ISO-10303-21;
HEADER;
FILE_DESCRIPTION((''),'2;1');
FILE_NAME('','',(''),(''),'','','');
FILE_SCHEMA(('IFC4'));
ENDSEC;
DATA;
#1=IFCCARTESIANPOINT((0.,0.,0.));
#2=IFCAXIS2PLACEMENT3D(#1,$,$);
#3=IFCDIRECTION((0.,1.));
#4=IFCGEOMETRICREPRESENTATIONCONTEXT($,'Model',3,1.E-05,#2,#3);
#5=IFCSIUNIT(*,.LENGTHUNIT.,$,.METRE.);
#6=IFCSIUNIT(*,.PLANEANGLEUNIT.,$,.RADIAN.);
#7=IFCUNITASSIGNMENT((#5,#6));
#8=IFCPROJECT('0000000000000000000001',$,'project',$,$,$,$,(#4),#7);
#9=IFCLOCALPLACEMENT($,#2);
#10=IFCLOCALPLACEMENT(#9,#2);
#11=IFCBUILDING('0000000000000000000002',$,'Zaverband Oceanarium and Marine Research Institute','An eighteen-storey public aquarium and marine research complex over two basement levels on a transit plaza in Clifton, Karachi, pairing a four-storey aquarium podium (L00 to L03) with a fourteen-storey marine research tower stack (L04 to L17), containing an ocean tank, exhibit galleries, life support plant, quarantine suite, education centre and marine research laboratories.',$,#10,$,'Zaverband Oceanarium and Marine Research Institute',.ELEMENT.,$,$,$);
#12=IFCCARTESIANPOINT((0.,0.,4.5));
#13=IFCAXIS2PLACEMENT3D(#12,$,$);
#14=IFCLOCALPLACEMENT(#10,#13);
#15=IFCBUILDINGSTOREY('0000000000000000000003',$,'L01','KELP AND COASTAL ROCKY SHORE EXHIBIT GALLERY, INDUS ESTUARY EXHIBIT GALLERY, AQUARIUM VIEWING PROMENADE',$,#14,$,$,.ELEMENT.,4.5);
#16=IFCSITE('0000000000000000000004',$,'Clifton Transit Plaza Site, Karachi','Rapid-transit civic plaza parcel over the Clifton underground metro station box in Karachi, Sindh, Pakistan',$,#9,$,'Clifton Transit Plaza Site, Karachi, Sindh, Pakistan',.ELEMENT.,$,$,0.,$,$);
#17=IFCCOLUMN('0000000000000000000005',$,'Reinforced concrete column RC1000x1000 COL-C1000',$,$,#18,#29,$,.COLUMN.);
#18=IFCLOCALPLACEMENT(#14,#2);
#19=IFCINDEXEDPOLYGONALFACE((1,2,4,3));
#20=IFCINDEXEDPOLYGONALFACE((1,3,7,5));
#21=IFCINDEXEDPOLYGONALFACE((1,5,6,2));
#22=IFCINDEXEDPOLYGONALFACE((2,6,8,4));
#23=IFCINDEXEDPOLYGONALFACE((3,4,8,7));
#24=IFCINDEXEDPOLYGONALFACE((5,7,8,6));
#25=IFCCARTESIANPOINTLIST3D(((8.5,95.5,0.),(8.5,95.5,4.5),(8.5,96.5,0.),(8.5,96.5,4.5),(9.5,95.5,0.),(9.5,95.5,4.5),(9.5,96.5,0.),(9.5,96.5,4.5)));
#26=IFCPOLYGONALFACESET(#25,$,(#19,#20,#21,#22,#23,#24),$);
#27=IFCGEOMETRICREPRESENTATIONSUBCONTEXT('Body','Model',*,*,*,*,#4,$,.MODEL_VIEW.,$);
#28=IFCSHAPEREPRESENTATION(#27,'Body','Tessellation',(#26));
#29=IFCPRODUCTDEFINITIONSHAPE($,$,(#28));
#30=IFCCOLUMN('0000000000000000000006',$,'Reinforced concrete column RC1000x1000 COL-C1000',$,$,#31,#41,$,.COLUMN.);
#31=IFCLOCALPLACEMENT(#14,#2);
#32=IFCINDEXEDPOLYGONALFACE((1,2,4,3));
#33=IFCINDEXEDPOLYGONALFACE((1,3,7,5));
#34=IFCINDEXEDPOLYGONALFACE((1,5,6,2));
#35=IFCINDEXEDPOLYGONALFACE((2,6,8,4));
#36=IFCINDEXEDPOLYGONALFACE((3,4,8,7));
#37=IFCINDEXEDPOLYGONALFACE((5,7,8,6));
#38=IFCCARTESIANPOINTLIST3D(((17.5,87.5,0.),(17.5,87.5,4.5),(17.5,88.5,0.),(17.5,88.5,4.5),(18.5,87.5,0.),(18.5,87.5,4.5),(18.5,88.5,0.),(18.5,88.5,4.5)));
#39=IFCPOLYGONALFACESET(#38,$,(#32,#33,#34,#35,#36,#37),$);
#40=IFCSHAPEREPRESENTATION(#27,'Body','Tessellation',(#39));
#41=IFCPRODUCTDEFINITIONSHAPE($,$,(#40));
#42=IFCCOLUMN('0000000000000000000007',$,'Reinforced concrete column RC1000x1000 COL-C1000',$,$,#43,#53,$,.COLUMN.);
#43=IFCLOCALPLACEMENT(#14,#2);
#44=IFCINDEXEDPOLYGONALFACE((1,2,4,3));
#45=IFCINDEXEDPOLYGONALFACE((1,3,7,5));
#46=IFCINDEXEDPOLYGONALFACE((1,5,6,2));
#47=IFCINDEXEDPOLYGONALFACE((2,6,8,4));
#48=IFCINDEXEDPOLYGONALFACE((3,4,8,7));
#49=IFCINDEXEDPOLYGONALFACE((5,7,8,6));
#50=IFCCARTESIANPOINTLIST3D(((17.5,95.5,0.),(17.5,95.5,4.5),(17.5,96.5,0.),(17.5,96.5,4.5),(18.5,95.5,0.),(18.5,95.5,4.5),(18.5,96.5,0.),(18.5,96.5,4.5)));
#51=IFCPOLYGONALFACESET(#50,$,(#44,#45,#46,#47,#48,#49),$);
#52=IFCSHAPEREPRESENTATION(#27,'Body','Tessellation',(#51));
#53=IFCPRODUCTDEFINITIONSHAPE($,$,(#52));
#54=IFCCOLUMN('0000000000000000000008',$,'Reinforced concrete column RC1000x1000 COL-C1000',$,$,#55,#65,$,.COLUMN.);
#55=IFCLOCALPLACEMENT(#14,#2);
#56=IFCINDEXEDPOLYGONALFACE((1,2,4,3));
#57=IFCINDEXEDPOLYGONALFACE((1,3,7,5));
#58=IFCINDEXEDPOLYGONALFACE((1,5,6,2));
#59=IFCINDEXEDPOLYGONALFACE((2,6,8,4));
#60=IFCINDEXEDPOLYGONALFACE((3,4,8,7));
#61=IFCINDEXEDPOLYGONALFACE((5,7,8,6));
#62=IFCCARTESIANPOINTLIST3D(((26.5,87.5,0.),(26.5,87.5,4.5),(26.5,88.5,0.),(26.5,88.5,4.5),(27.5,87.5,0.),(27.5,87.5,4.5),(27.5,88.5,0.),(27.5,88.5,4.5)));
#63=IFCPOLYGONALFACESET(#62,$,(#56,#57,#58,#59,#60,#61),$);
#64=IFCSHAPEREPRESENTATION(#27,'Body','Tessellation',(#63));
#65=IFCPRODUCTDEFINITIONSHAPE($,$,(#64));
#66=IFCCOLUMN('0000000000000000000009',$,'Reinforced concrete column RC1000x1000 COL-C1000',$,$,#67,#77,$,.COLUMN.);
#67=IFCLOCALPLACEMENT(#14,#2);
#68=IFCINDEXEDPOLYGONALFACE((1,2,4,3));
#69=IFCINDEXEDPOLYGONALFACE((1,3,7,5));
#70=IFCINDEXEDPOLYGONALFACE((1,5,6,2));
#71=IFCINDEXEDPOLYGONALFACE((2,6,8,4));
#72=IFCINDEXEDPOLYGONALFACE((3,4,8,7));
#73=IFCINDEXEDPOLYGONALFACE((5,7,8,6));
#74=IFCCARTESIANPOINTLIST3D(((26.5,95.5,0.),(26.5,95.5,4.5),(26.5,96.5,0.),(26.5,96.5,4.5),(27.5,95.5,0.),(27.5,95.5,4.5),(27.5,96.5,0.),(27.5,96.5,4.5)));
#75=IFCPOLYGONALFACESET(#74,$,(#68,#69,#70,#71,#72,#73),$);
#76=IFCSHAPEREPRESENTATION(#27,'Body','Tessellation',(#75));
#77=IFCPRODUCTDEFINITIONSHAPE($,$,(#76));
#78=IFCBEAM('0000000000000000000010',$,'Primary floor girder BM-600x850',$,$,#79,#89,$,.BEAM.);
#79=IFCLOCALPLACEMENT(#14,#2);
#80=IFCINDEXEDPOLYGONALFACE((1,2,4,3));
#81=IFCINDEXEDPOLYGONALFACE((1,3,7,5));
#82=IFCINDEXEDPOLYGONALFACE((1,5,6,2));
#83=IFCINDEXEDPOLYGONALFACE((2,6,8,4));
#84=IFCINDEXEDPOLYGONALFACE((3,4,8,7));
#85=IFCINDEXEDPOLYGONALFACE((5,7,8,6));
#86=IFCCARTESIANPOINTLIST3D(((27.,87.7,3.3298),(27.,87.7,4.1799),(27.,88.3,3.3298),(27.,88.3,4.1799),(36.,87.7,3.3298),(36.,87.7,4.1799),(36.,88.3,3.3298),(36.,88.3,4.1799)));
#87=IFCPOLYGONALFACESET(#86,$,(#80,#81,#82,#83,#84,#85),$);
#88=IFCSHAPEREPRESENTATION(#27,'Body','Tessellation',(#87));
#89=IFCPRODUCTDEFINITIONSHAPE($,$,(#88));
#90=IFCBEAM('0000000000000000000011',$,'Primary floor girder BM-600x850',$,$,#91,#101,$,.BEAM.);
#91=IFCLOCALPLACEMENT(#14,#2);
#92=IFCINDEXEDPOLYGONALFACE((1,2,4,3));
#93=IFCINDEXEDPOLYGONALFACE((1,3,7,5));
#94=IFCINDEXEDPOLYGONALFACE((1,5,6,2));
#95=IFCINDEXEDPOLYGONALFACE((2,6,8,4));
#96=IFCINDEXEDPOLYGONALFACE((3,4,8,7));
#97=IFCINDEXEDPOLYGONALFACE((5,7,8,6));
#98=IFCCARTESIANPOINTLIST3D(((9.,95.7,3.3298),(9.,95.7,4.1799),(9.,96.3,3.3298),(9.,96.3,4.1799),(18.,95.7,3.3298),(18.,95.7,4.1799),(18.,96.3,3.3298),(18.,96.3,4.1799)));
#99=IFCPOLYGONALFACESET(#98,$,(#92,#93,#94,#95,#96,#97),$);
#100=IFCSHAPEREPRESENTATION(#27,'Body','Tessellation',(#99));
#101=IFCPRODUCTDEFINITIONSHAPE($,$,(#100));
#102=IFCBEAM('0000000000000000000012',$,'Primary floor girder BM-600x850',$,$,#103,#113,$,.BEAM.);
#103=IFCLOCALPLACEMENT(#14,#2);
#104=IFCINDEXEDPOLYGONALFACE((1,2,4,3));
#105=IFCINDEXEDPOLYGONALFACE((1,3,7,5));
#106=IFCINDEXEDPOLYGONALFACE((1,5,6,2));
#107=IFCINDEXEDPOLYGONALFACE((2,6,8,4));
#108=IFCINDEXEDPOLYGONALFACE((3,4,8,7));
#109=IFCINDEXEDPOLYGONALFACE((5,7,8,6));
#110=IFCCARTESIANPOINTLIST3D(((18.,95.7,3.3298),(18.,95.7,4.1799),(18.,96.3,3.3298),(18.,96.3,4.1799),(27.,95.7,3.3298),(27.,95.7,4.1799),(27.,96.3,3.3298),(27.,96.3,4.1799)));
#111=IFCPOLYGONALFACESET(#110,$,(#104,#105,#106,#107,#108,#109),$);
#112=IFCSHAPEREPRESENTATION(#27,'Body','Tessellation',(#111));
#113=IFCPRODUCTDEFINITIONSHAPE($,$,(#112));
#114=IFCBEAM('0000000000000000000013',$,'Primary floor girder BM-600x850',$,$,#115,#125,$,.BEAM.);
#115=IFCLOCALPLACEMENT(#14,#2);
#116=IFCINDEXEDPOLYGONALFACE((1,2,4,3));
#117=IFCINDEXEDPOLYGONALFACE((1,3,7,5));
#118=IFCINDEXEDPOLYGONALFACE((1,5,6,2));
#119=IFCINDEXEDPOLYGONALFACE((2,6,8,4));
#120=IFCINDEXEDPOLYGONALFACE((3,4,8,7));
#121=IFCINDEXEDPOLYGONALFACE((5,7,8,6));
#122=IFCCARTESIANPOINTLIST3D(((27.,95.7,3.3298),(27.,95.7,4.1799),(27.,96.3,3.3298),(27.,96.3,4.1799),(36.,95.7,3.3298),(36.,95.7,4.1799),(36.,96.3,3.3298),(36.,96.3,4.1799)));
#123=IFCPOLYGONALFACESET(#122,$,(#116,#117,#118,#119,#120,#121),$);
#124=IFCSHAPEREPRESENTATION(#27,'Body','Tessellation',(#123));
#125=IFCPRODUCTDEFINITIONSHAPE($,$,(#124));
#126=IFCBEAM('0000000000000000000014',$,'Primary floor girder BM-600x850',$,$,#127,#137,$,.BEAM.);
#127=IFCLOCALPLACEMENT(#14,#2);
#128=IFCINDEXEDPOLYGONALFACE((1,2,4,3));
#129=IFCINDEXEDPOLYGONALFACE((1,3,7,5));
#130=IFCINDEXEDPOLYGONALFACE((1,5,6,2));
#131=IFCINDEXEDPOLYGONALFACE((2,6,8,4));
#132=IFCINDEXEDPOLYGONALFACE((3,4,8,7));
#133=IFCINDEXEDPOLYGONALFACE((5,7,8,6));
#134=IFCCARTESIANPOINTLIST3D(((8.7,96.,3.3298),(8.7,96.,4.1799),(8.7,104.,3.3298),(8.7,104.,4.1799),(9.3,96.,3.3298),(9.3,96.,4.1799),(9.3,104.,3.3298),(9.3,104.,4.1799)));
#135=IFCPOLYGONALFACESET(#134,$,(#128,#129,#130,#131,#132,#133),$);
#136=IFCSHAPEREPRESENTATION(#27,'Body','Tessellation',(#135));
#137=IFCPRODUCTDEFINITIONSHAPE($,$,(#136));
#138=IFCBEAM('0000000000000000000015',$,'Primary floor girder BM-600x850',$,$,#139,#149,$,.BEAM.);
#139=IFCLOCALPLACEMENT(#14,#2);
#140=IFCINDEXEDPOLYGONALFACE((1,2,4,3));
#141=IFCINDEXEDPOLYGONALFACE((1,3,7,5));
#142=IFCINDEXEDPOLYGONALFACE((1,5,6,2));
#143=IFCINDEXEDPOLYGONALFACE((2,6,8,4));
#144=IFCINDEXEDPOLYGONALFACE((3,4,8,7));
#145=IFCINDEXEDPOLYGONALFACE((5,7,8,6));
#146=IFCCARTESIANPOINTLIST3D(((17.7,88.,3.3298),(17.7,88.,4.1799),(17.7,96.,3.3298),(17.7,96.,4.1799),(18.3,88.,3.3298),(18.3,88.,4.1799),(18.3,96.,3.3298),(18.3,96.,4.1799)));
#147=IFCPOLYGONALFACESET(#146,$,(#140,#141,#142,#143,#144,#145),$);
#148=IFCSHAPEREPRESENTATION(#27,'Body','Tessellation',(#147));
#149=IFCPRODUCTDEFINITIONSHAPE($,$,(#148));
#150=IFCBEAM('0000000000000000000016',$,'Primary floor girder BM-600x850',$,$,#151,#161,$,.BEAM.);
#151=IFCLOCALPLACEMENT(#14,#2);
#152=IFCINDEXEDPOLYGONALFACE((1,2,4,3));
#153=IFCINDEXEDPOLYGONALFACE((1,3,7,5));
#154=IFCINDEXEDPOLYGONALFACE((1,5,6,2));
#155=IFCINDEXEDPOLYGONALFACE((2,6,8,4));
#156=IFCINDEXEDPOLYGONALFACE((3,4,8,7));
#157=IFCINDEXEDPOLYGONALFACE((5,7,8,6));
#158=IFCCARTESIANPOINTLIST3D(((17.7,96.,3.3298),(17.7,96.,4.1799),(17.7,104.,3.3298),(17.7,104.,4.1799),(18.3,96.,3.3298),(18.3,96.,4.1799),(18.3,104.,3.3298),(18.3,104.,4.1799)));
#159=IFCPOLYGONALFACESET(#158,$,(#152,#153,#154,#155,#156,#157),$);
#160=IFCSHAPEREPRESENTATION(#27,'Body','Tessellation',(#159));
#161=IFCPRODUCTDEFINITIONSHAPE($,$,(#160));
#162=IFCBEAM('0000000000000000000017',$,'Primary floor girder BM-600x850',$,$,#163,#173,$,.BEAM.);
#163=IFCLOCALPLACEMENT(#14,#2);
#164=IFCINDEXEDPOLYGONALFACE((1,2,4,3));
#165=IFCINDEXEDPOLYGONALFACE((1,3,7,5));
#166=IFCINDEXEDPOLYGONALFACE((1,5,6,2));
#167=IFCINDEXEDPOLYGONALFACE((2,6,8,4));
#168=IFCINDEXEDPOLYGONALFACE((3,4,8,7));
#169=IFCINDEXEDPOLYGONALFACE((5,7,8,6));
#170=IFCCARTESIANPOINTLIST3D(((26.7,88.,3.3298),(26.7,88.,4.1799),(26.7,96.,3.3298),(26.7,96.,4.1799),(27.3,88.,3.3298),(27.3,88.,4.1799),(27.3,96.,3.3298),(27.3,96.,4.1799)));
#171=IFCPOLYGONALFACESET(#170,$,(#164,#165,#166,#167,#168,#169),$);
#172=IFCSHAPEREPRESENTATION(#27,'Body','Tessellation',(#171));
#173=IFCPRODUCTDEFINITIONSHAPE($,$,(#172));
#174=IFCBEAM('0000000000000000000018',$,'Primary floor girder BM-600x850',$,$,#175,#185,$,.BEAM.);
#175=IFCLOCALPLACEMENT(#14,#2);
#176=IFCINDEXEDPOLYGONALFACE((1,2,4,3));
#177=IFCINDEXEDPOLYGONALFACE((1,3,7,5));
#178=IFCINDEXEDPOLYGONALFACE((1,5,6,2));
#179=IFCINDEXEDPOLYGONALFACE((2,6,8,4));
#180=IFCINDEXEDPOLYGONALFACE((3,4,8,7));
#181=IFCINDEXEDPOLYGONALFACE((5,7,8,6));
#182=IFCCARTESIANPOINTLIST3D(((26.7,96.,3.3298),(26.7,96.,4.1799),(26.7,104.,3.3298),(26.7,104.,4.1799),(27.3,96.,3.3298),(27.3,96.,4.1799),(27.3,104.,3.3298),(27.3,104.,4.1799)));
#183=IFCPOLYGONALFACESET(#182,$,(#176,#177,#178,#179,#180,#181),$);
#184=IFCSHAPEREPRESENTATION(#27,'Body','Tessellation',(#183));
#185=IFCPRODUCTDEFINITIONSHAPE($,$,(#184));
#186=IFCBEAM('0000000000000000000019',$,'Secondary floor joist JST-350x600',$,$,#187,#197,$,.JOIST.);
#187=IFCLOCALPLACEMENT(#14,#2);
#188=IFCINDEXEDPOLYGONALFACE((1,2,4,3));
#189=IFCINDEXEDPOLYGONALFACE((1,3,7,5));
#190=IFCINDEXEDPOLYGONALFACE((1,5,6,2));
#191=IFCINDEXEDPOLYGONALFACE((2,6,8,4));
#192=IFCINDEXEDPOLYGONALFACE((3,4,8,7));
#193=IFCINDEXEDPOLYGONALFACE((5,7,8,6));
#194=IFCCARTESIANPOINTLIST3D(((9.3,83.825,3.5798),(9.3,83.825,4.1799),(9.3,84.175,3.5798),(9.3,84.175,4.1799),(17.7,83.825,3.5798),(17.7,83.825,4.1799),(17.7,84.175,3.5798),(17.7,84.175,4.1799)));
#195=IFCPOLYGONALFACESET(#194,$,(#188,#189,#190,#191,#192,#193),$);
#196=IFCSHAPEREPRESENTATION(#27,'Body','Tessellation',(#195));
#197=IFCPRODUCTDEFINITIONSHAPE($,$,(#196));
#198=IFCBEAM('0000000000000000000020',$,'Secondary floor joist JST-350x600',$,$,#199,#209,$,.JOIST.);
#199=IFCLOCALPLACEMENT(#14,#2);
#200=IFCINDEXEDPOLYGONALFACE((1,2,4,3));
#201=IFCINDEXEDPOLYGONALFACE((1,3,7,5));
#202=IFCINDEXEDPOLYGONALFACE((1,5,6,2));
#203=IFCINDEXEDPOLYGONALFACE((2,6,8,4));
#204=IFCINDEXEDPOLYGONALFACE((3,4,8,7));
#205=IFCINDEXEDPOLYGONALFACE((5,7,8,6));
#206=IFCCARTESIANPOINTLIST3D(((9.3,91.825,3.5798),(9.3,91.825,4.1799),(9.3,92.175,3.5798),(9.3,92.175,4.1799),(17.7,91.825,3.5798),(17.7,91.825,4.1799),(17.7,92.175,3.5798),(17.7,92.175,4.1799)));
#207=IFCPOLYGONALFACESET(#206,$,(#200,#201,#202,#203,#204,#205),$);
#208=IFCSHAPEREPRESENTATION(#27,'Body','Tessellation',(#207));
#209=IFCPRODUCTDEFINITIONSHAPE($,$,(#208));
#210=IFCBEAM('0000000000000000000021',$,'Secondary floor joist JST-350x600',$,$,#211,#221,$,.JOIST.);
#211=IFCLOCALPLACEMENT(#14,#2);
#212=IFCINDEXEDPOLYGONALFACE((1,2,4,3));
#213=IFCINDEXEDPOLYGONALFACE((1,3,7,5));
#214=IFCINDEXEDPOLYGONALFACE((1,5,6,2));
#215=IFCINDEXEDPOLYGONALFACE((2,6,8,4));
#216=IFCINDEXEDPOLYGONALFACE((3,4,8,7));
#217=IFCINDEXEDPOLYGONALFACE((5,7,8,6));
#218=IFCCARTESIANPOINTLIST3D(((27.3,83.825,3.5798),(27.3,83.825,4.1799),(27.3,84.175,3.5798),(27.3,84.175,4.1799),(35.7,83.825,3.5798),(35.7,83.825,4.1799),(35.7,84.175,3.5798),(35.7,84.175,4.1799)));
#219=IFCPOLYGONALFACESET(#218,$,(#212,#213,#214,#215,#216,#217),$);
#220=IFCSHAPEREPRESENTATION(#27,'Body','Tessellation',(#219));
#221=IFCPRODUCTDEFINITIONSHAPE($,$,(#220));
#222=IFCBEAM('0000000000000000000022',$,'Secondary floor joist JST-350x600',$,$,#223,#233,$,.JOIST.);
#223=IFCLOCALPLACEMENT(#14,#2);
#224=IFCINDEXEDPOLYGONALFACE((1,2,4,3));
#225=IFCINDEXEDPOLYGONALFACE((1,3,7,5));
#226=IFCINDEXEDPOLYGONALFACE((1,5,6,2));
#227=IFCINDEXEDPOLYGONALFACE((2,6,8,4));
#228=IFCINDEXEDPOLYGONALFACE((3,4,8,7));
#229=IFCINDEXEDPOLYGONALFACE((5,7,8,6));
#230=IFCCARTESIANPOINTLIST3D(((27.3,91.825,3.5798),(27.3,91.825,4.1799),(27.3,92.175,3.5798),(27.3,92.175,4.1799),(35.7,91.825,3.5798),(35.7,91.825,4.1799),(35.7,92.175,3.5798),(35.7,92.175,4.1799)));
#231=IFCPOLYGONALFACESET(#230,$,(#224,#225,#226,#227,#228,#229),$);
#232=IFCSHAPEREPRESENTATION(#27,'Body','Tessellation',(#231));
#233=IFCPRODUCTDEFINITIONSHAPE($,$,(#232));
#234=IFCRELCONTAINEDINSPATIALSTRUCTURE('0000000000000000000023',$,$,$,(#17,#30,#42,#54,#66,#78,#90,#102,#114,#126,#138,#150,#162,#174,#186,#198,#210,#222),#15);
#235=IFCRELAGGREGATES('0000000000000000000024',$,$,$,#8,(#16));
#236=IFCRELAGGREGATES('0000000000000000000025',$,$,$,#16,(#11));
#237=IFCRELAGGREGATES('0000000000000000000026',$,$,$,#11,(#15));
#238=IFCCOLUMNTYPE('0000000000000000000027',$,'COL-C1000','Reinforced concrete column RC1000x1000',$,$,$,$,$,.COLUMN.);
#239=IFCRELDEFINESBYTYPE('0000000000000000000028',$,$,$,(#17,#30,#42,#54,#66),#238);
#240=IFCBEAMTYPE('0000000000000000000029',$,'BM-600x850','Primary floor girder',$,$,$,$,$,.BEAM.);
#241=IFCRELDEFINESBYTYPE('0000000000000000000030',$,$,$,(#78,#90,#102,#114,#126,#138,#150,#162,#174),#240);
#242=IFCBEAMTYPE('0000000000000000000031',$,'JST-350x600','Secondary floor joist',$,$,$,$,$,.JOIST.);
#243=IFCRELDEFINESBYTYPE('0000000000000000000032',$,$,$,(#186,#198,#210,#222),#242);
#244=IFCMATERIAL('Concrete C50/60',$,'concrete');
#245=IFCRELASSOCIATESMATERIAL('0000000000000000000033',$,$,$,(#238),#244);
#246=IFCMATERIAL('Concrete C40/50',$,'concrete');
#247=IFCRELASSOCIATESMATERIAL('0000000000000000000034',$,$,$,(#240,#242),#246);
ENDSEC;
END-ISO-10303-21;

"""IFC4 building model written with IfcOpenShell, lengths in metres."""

from ifc_helpers import new_model, si_unit, direction, frame, origin, origin_2d, place, context, subcontext, project, spatial, rectangle, extrude, material, material_profile, profile_set, type_object, element, save


model = new_model("IFC4")

# Units and contexts
model_context = context("Model", 3, precision=1e-05, world=origin(), true_north=direction((0.0, 1.0)))
body_context = subcontext(model_context, "Body", "Model", "MODEL_VIEW")
ifc_project = project(units=[si_unit("LENGTHUNIT", "METRE"), si_unit("PLANEANGLEUNIT", "RADIAN")], contexts=[model_context])

# Site, building, storey
site_placement = place(None, origin())
site = spatial("IfcSite", under=ifc_project, at=site_placement, Name="Clifton Transit Plaza Site, Karachi", Description="Rapid-transit civic plaza parcel over the Clifton underground metro station box in Karachi, Sindh, Pakistan", LongName="Clifton Transit Plaza Site, Karachi, Sindh, Pakistan", CompositionType="ELEMENT", RefElevation=0.0)
building_placement = place(site_placement, origin())
building = spatial("IfcBuilding", under=site, at=building_placement, Name="Zaverband Oceanarium and Marine Research Institute", Description="An eighteen-storey public aquarium and marine research complex over two basement levels on a transit plaza in Clifton, Karachi, pairing a four-storey aquarium podium (L00 to L03) with a fourteen-storey marine research tower stack (L04 to L17), containing an ocean tank, exhibit galleries, life support plant, quarantine suite, education centre and marine research laboratories.", LongName="Zaverband Oceanarium and Marine Research Institute", CompositionType="ELEMENT")
storey_placement = place(building_placement, frame((0.0, 0.0, 4.5)))
storey = spatial("IfcBuildingStorey", under=building, at=storey_placement, Name="L01", Description="KELP AND COASTAL ROCKY SHORE EXHIBIT GALLERY, INDUS ESTUARY EXHIBIT GALLERY, AQUARIUM VIEWING PROMENADE", CompositionType="ELEMENT", Elevation=4.5)

# Columns
ifc_material_1 = material(Name="Concrete C50/60", Category="concrete")
ifc_material_profile_1 = material_profile(ifc_material_1, rectangle(XDim=1.0, YDim=1.0, at=origin_2d()), Name="RC1000x1000")
ifc_profile_set_1 = profile_set([ifc_material_profile_1], Name="Concrete C50/60")
column_type = type_object("IfcColumnType", Name="COL-C1000", Description="Reinforced concrete column RC1000x1000", PredefinedType="COLUMN", material=ifc_profile_set_1)
for number, where, z_axis, x_axis, name in (
    (1, (9.0, 96.0, 0.0), (0.0, 0.0, 1.0), (1.0, 0.0, 0.0), "Reinforced concrete column RC1000x1000 COL-C1000"),
    (2, (18.0, 88.0, 0.0), (0.0, 0.0, 1.0), (1.0, 0.0, 0.0), "Reinforced concrete column RC1000x1000 COL-C1000"),
    (3, (18.0, 96.0, 0.0), (0.0, 0.0, 1.0), (1.0, 0.0, 0.0), "Reinforced concrete column RC1000x1000 COL-C1000"),
    (4, (27.0, 88.0, 0.0), (0.0, 0.0, 1.0), (1.0, 0.0, 0.0), "Reinforced concrete column RC1000x1000 COL-C1000"),
    (5, (27.0, 96.0, 0.0), (0.0, 0.0, 1.0), (1.0, 0.0, 0.0), "Reinforced concrete column RC1000x1000 COL-C1000"),
):
    element("IfcColumn", number, at=place(storey_placement, frame(where, z_axis=z_axis, x_axis=x_axis)), inside=storey, type_object=column_type, Name=name, PredefinedType="COLUMN", context=body_context, shape_type="SweptSolid", body=[
        extrude(rectangle(XDim=1.0, YDim=1.0, at=origin_2d()), origin(), (0.0, 0.0, 1.0), 4.5),
    ])

# Beams
ifc_material_2 = material(Name="Concrete C40/50", Category="concrete")
ifc_material_profile_2 = material_profile(ifc_material_2, rectangle(XDim=0.6001, YDim=0.8501, at=origin_2d()), Name="RC600x850")
ifc_profile_set_2 = profile_set([ifc_material_profile_2], Name="Concrete C40/50")
beam_type_1 = type_object("IfcBeamType", Name="BM-600x850", Description="Primary floor girder", PredefinedType="BEAM", material=ifc_profile_set_2)
for number, where, z_axis, x_axis, name in (
    (6, (27.0, 88.0, 3.7549), (1.0, 0.0, 0.0), (0.0, 1.0, 0.0), "Primary floor girder BM-600x850"),
    (7, (9.0, 96.0, 3.7549), (1.0, 0.0, 0.0), (0.0, 1.0, 0.0), "Primary floor girder BM-600x850"),
    (8, (18.0, 96.0, 3.7549), (1.0, 0.0, 0.0), (0.0, 1.0, 0.0), "Primary floor girder BM-600x850"),
    (9, (27.0, 96.0, 3.7549), (1.0, 0.0, 0.0), (0.0, 1.0, 0.0), "Primary floor girder BM-600x850"),
):
    element("IfcBeam", number, at=place(storey_placement, frame(where, z_axis=z_axis, x_axis=x_axis)), inside=storey, type_object=beam_type_1, Name=name, PredefinedType="BEAM", context=body_context, shape_type="SweptSolid", body=[
        extrude(rectangle(XDim=0.6001, YDim=0.8501, at=origin_2d()), origin(), (0.0, 0.0, 1.0), 9.0),
    ])
for number, where, z_axis, x_axis, name in (
    (10, (9.0, 96.0, 3.7549), (0.0, 1.0, 0.0), (-1.0, 0.0, 0.0), "Primary floor girder BM-600x850"),
    (11, (18.0, 88.0, 3.7549), (0.0, 1.0, 0.0), (-1.0, 0.0, 0.0), "Primary floor girder BM-600x850"),
    (12, (18.0, 96.0, 3.7549), (0.0, 1.0, 0.0), (-1.0, 0.0, 0.0), "Primary floor girder BM-600x850"),
    (13, (27.0, 88.0, 3.7549), (0.0, 1.0, 0.0), (-1.0, 0.0, 0.0), "Primary floor girder BM-600x850"),
    (14, (27.0, 96.0, 3.7549), (0.0, 1.0, 0.0), (-1.0, 0.0, 0.0), "Primary floor girder BM-600x850"),
):
    element("IfcBeam", number, at=place(storey_placement, frame(where, z_axis=z_axis, x_axis=x_axis)), inside=storey, type_object=beam_type_1, Name=name, PredefinedType="BEAM", context=body_context, shape_type="SweptSolid", body=[
        extrude(rectangle(XDim=0.6001, YDim=0.8501, at=origin_2d()), origin(), (0.0, 0.0, 1.0), 8.0),
    ])
ifc_material_profile_3 = material_profile(ifc_material_2, rectangle(XDim=0.3501, YDim=0.6001, at=origin_2d()), Name="RC350x600")
ifc_profile_set_3 = profile_set([ifc_material_profile_3], Name="Concrete C40/50")
beam_type_2 = type_object("IfcBeamType", Name="JST-350x600", Description="Secondary floor joist", PredefinedType="JOIST", material=ifc_profile_set_3)
for number, where, z_axis, x_axis, name in (
    (15, (9.3, 84.0, 3.8799), (1.0, 0.0, 0.0), (0.0, 1.0, 0.0), "Secondary floor joist JST-350x600"),
    (16, (9.3, 92.0, 3.8799), (1.0, 0.0, 0.0), (0.0, 1.0, 0.0), "Secondary floor joist JST-350x600"),
    (17, (27.3, 84.0, 3.8799), (1.0, 0.0, 0.0), (0.0, 1.0, 0.0), "Secondary floor joist JST-350x600"),
    (18, (27.3, 92.0, 3.8799), (1.0, 0.0, 0.0), (0.0, 1.0, 0.0), "Secondary floor joist JST-350x600"),
):
    element("IfcBeam", number, at=place(storey_placement, frame(where, z_axis=z_axis, x_axis=x_axis)), inside=storey, type_object=beam_type_2, Name=name, PredefinedType="JOIST", context=body_context, shape_type="SweptSolid", body=[
        extrude(rectangle(XDim=0.3501, YDim=0.6001, at=origin_2d()), origin(), (0.0, 0.0, 1.0), 8.3999),
    ])

save(model, "model.ifc")
